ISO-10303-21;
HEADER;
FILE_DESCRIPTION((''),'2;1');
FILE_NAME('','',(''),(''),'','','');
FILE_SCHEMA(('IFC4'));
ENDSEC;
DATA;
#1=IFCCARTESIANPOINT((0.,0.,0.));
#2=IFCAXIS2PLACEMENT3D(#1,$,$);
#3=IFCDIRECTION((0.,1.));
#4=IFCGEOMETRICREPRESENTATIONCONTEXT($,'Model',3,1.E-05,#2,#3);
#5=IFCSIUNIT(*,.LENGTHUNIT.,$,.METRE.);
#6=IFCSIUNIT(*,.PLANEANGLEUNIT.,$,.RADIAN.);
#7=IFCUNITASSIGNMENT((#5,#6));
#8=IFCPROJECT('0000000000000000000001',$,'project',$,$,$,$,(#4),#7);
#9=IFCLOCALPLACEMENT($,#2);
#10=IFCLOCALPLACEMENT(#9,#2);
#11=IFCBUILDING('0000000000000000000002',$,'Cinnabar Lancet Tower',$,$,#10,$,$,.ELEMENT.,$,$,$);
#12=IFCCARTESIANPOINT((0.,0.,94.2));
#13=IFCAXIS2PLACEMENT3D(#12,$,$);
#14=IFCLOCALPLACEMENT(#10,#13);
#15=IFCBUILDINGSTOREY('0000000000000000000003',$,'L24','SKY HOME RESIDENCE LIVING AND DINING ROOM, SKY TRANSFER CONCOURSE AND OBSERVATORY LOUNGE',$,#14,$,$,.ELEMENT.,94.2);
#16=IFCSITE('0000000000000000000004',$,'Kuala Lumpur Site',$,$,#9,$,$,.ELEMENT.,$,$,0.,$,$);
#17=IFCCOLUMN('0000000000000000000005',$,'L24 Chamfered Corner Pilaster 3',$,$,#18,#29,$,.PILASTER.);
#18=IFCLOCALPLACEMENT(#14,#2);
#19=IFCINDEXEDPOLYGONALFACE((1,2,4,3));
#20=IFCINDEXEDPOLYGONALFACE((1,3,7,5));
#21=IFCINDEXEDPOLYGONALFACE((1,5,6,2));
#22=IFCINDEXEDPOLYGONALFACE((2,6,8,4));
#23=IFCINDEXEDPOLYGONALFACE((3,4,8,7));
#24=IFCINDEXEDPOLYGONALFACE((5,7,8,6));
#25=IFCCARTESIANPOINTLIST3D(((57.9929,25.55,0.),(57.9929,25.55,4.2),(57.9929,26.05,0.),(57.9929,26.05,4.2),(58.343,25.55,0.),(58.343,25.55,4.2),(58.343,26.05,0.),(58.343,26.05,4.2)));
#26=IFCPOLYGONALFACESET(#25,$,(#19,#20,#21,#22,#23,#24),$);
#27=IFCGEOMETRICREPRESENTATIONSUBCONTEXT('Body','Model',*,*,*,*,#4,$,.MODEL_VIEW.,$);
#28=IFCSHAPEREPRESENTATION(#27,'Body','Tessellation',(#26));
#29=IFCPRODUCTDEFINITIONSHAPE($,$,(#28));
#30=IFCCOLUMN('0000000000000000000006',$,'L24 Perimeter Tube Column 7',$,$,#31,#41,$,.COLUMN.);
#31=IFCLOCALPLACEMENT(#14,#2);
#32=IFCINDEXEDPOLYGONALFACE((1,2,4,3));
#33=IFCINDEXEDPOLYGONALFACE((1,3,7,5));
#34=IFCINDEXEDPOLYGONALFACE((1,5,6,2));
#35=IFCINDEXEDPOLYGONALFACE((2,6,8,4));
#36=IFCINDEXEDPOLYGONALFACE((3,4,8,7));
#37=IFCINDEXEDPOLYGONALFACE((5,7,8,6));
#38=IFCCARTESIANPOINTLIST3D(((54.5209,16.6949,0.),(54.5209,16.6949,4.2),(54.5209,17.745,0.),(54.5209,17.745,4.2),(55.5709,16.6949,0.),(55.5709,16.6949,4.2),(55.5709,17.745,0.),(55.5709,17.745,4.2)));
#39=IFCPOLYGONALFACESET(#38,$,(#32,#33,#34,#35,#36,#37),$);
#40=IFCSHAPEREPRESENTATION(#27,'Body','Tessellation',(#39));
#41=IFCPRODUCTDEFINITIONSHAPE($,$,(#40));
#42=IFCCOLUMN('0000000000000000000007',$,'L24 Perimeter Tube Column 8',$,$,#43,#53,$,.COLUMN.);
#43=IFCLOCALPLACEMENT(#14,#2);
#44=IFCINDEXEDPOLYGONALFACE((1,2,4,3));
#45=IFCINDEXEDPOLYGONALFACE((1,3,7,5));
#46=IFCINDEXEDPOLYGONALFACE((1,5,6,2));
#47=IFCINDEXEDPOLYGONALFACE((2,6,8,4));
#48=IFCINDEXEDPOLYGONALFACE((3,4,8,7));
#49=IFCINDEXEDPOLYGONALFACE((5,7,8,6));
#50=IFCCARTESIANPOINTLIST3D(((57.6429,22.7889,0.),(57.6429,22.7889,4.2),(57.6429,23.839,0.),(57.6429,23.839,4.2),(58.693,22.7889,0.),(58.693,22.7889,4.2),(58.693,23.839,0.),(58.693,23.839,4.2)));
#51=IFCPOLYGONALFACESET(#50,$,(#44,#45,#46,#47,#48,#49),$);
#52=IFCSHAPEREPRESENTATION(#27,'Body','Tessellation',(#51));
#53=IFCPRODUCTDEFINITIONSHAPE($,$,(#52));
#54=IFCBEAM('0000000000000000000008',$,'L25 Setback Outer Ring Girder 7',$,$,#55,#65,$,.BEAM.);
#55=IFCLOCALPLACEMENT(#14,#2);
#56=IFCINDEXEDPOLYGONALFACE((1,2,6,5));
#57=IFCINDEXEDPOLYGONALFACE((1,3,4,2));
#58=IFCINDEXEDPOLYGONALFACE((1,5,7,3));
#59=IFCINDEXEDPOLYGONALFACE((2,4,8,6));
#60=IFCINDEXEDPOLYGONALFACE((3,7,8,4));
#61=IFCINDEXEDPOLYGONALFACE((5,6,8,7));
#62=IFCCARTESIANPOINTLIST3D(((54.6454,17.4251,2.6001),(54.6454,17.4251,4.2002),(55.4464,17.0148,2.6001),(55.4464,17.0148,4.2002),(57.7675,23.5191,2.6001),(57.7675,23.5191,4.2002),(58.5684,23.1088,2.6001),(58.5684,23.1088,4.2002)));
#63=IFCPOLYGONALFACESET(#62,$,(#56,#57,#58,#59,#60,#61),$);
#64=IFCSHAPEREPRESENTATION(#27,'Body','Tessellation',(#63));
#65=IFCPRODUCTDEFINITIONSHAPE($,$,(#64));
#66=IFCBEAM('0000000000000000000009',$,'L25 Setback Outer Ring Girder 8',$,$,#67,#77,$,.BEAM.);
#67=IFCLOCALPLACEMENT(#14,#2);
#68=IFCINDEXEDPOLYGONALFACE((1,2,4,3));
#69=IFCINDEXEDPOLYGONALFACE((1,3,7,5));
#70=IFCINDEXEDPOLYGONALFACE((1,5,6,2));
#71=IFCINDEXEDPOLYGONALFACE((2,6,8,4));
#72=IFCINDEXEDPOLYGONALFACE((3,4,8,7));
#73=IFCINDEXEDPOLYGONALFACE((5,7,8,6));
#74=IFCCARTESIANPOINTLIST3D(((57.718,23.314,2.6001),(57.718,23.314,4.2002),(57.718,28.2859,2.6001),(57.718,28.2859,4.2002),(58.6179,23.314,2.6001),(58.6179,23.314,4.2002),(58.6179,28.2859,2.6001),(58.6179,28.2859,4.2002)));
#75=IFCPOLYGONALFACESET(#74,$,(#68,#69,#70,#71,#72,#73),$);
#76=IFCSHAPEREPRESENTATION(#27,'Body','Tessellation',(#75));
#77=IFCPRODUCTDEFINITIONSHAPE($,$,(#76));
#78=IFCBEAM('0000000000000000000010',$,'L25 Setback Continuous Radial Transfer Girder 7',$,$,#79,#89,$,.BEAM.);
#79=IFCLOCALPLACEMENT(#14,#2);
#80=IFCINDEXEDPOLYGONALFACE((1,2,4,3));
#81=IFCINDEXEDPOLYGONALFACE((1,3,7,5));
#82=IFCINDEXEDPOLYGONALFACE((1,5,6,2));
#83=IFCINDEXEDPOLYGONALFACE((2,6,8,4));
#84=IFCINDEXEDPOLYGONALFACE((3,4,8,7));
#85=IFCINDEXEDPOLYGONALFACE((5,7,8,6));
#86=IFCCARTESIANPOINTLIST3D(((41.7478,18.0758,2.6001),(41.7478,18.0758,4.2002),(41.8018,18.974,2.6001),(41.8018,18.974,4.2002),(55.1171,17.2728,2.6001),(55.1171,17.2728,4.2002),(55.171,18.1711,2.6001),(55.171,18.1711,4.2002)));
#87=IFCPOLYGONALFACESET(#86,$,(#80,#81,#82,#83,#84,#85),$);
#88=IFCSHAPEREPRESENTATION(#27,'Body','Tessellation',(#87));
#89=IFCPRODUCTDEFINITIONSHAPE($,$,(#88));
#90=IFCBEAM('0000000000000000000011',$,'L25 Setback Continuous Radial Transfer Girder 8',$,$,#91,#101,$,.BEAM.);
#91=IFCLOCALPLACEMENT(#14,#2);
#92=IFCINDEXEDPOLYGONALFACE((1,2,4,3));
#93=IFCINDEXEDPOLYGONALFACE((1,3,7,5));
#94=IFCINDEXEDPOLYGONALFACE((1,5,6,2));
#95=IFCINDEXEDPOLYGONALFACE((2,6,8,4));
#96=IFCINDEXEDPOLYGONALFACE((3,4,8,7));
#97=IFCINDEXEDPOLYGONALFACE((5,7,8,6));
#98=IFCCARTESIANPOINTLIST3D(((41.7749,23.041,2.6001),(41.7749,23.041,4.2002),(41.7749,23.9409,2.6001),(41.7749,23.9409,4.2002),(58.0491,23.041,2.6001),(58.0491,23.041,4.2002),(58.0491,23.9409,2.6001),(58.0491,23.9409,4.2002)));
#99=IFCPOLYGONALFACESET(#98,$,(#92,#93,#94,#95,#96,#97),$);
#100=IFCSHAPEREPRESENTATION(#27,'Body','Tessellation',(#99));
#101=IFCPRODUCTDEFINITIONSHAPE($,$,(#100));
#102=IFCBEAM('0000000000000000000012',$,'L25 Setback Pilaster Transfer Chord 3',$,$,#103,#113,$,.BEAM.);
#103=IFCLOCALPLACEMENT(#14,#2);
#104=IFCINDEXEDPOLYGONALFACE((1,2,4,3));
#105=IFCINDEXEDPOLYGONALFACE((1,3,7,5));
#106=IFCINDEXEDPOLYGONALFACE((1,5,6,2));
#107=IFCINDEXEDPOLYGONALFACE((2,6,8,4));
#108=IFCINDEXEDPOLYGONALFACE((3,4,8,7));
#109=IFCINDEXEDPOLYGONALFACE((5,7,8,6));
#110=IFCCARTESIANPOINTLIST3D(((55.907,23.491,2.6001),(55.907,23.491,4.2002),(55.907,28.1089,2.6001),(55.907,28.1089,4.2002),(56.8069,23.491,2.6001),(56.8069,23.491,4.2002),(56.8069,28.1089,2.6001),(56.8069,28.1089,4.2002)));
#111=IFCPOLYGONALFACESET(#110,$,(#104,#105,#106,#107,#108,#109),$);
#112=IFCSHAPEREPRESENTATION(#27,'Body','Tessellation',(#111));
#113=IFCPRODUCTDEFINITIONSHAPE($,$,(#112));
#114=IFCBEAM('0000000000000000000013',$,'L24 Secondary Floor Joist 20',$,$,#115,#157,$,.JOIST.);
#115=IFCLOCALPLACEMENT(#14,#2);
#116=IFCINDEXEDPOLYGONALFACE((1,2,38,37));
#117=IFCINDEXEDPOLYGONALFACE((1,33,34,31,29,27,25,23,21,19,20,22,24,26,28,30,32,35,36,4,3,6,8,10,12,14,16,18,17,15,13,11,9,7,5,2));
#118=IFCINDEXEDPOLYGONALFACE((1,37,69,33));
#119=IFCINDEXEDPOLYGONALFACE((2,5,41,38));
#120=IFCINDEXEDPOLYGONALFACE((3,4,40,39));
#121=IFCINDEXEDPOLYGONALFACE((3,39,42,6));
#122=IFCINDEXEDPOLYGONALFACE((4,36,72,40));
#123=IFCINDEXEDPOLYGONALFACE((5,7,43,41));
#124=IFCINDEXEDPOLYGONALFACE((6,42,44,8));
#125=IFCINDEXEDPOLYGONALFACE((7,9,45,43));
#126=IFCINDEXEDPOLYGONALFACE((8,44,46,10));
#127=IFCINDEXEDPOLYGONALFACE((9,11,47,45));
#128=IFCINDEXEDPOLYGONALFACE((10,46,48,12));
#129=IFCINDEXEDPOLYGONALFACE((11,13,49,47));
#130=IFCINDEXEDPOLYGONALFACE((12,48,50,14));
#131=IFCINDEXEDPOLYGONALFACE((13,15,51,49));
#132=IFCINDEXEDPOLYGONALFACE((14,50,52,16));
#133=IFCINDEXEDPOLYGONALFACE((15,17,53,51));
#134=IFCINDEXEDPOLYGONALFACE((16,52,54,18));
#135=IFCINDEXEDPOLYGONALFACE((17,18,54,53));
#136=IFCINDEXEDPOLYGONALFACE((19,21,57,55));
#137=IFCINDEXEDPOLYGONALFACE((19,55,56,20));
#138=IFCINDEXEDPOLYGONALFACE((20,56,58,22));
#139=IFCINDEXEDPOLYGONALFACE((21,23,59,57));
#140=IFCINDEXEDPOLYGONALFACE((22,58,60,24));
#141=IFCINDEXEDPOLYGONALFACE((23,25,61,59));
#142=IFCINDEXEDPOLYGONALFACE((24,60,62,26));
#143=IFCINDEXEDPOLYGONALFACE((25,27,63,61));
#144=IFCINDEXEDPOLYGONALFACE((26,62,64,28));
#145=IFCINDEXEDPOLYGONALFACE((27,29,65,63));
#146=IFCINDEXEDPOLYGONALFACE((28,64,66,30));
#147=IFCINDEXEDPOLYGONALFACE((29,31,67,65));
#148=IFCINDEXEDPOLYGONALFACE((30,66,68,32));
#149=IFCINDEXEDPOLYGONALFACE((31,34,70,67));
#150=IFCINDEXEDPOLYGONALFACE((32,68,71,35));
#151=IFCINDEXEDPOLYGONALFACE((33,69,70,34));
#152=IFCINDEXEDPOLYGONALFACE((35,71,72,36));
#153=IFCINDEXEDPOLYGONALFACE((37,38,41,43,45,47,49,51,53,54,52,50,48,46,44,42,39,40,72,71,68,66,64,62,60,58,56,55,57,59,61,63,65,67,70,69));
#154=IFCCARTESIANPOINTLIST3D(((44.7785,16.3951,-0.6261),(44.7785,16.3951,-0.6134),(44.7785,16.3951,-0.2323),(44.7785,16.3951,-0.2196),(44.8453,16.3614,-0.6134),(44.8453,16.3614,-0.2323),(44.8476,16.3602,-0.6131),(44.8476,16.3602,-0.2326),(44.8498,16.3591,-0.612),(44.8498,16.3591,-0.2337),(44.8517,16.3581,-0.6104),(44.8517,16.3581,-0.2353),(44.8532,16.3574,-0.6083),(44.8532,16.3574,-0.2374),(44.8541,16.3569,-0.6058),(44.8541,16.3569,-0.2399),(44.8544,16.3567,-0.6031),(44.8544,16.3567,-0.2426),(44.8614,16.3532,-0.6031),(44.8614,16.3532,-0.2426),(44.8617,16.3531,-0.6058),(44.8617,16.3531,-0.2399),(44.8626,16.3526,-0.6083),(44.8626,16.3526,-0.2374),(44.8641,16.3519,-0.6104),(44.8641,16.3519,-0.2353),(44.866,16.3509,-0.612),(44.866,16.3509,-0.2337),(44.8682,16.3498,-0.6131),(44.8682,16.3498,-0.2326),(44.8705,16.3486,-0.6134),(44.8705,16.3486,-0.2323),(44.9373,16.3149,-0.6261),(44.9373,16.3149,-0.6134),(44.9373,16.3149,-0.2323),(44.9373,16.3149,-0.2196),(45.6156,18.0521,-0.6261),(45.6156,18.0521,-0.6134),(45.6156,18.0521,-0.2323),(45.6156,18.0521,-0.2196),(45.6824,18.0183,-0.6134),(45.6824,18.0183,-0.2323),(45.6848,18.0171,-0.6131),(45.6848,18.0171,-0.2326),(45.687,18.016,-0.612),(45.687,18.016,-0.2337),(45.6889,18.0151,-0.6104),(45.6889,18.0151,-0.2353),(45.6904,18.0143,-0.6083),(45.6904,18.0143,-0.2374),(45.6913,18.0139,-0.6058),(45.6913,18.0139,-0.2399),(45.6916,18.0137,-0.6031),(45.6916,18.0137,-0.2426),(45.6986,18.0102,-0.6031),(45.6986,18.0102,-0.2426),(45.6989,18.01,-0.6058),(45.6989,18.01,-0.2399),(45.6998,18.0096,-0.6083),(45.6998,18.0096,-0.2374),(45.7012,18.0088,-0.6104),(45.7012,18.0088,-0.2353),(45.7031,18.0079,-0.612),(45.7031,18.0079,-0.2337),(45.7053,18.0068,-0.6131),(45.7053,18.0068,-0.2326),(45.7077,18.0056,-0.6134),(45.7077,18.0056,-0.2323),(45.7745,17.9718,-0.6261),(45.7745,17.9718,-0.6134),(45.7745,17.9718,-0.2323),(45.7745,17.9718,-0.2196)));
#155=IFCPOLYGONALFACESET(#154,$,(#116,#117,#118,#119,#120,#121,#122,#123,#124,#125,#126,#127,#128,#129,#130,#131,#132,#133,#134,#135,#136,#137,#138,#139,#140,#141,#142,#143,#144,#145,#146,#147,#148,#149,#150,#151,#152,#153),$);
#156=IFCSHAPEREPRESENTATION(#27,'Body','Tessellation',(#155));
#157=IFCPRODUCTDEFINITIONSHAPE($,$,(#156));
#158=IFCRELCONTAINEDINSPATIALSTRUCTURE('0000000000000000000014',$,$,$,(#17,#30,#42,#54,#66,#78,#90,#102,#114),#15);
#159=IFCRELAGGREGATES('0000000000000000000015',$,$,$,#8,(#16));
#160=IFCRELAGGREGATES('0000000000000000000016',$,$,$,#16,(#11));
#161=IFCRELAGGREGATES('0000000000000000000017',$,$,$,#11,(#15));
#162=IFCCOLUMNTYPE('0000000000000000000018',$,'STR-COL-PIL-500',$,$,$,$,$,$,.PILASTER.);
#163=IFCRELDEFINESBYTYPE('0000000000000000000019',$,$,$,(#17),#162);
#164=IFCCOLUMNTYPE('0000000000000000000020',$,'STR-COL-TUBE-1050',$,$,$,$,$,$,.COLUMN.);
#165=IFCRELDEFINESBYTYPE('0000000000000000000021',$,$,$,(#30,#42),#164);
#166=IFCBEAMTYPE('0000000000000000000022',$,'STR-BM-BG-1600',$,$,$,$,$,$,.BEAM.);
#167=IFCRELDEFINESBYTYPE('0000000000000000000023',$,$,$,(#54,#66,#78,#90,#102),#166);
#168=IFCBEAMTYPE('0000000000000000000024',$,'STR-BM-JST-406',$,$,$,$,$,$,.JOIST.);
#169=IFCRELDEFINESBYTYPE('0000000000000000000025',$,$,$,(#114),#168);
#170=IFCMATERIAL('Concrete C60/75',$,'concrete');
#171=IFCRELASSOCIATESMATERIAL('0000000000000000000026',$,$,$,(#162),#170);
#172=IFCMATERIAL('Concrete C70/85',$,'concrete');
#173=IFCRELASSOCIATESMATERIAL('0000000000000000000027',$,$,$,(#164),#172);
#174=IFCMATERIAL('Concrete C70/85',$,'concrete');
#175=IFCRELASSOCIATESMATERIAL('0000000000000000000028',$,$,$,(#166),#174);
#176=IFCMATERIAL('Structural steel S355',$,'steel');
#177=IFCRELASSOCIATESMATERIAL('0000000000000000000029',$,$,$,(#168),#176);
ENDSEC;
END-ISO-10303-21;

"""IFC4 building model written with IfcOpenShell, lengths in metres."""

from ifc_helpers import new_model, si_unit, direction, frame, origin, origin_2d, place, context, subcontext, project, spatial, rectangle, i_section, extrude, material, material_profile, profile_set, type_object, element, save


model = new_model("IFC4")

# Units and contexts
model_context = context("Model", 3, precision=1e-05, world=origin(), true_north=direction((0.0, 1.0)))
body_context = subcontext(model_context, "Body", "Model", "MODEL_VIEW")
ifc_project = project(units=[si_unit("LENGTHUNIT", "METRE"), si_unit("PLANEANGLEUNIT", "RADIAN")], contexts=[model_context])

# Site, building, storey
site_placement = place(None, origin())
site = spatial("IfcSite", under=ifc_project, at=site_placement, Name="Kuala Lumpur Site", CompositionType="ELEMENT", RefElevation=0.0)
building_placement = place(site_placement, origin())
building = spatial("IfcBuilding", under=site, at=building_placement, Name="Cinnabar Lancet Tower", CompositionType="ELEMENT")
storey_placement = place(building_placement, frame((0.0, 0.0, 94.2)))
storey = spatial("IfcBuildingStorey", under=building, at=storey_placement, Name="L24", Description="SKY HOME RESIDENCE LIVING AND DINING ROOM, SKY TRANSFER CONCOURSE AND OBSERVATORY LOUNGE", CompositionType="ELEMENT", Elevation=94.2)

# Columns
ifc_material_1 = material(Name="Concrete C60/75", Category="concrete")
ifc_material_profile_1 = material_profile(ifc_material_1, rectangle(XDim=0.5, YDim=0.3501, at=origin_2d()), Name="RC-PIL 500x350")
ifc_profile_set_1 = profile_set([ifc_material_profile_1], Name="Concrete C60/75")
column_type_1 = type_object("IfcColumnType", Name="STR-COL-PIL-500", PredefinedType="PILASTER", material=ifc_profile_set_1)
column_placement = place(storey_placement, frame((58.168, 25.8, 0.0), z_axis=(0.0, 0.0, 1.0), x_axis=(0.0, 1.0, 0.0)))
element("IfcColumn", 1, at=column_placement, inside=storey, type_object=column_type_1, Name="L24 Chamfered Corner Pilaster 3", PredefinedType="PILASTER", context=body_context, shape_type="SweptSolid", body=[
    extrude(rectangle(XDim=0.5, YDim=0.3501, at=origin_2d()), origin(), (0.0, 0.0, 1.0), 4.2),
])
ifc_material_2 = material(Name="Concrete C70/85", Category="concrete")
ifc_material_profile_2 = material_profile(ifc_material_2, rectangle(XDim=1.05, YDim=1.05, at=origin_2d()), Name="RC-COL 1050x1050")
ifc_profile_set_2 = profile_set([ifc_material_profile_2], Name="Concrete C70/85")
column_type_2 = type_object("IfcColumnType", Name="STR-COL-TUBE-1050", PredefinedType="COLUMN", material=ifc_profile_set_2)
for number, where, z_axis, x_axis, name in (
    (2, (55.0459, 17.22, 0.0), (0.0, 0.0, 1.0), (1.0, 0.0, 0.0), "L24 Perimeter Tube Column 7"),
    (3, (58.168, 23.314, 0.0), (0.0, 0.0, 1.0), (1.0, 0.0, 0.0), "L24 Perimeter Tube Column 8"),
):
    element("IfcColumn", number, at=place(storey_placement, frame(where, z_axis=z_axis, x_axis=x_axis)), inside=storey, type_object=column_type_2, Name=name, PredefinedType="COLUMN", context=body_context, shape_type="SweptSolid", body=[
        extrude(rectangle(XDim=1.05, YDim=1.05, at=origin_2d()), origin(), (0.0, 0.0, 1.0), 4.2),
    ])

# Beams
ifc_material_3 = material(Name="Concrete C70/85", Category="concrete")
ifc_material_profile_3 = material_profile(ifc_material_3, rectangle(XDim=0.8999, YDim=1.6001, at=origin_2d()), Name="RC-BG 900x1600")
ifc_profile_set_3 = profile_set([ifc_material_profile_3], Name="Concrete C70/85")
beam_type_1 = type_object("IfcBeamType", Name="STR-BM-BG-1600", PredefinedType="BEAM", material=ifc_profile_set_3)
beam_1_placement = place(storey_placement, frame((55.0459, 17.22, 3.4001), z_axis=(0.455963, 0.889999, 0.0), x_axis=(-0.889999, 0.455963, 0.0)))
element("IfcBeam", 4, at=beam_1_placement, inside=storey, type_object=beam_type_1, Name="L25 Setback Outer Ring Girder 7", PredefinedType="BEAM", context=body_context, shape_type="SweptSolid", body=[
    extrude(rectangle(XDim=0.8999, YDim=1.6001, at=origin_2d()), origin(), (0.0, 0.0, 1.0), 6.8472),
])
beam_2_placement = place(storey_placement, frame((58.168, 23.314, 3.4001), z_axis=(0.0, 1.0, 0.0), x_axis=(-1.0, 0.0, 0.0)))
element("IfcBeam", 5, at=beam_2_placement, inside=storey, type_object=beam_type_1, Name="L25 Setback Outer Ring Girder 8", PredefinedType="BEAM", context=body_context, shape_type="SweptSolid", body=[
    extrude(rectangle(XDim=0.8999, YDim=1.6001, at=origin_2d()), origin(), (0.0, 0.0, 1.0), 4.9719),
])
beam_3_placement = place(storey_placement, frame((55.144, 17.7219, 3.4001), z_axis=(-0.998201, 0.059954, 0.0), x_axis=(-0.059954, -0.998201, 0.0)))
element("IfcBeam", 6, at=beam_3_placement, inside=storey, type_object=beam_type_1, Name="L25 Setback Continuous Radial Transfer Girder 7", PredefinedType="BEAM", context=body_context, shape_type="SweptSolid", body=[
    extrude(rectangle(XDim=0.8999, YDim=1.6001, at=origin_2d()), origin(), (0.0, 0.0, 1.0), 13.3933),
])
beam_4_placement = place(storey_placement, frame((58.0491, 23.491, 3.4001), z_axis=(-1.0, 0.0, 0.0), x_axis=(0.0, -1.0, 0.0)))
element("IfcBeam", 7, at=beam_4_placement, inside=storey, type_object=beam_type_1, Name="L25 Setback Continuous Radial Transfer Girder 8", PredefinedType="BEAM", context=body_context, shape_type="SweptSolid", body=[
    extrude(rectangle(XDim=0.8999, YDim=1.6001, at=origin_2d()), origin(), (0.0, 0.0, 1.0), 16.2742),
])
beam_5_placement = place(storey_placement, frame((56.3569, 23.491, 3.4001), z_axis=(0.0, 1.0, 0.0), x_axis=(-1.0, 0.0, 0.0)))
element("IfcBeam", 8, at=beam_5_placement, inside=storey, type_object=beam_type_1, Name="L25 Setback Pilaster Transfer Chord 3", PredefinedType="BEAM", context=body_context, shape_type="SweptSolid", body=[
    extrude(rectangle(XDim=0.8999, YDim=1.6001, at=origin_2d()), origin(), (0.0, 0.0, 1.0), 4.6179),
])
ifc_material_4 = material(Name="Structural steel S355", Category="steel")
ifc_material_profile_4 = material_profile(ifc_material_4, i_section(OverallWidth=0.178, OverallDepth=0.4065, WebThickness=0.0078, FlangeThickness=0.0127, FilletRadius=0.0103, at=origin_2d()), Name="UKB 406x178x60")
ifc_profile_set_4 = profile_set([ifc_material_profile_4], Name="Structural steel S355")
beam_type_2 = type_object("IfcBeamType", Name="STR-BM-JST-406", PredefinedType="JOIST", material=ifc_profile_set_4)
beam_6_placement = place(storey_placement, frame((44.8579, 16.355, -0.4229), z_axis=(0.450945, 0.892552, 0.0), x_axis=(-0.892552, 0.450945, 0.0)))
element("IfcBeam", 9, at=beam_6_placement, inside=storey, type_object=beam_type_2, Name="L24 Secondary Floor Joist 20", PredefinedType="JOIST", context=body_context, shape_type="SweptSolid", body=[
    extrude(i_section(OverallWidth=0.178, OverallDepth=0.4065, WebThickness=0.0078, FlangeThickness=0.0127, FilletRadius=0.0103, at=origin_2d()), origin(), (0.0, 0.0, 1.0), 1.8564),
])

save(model, "model.ifc")
